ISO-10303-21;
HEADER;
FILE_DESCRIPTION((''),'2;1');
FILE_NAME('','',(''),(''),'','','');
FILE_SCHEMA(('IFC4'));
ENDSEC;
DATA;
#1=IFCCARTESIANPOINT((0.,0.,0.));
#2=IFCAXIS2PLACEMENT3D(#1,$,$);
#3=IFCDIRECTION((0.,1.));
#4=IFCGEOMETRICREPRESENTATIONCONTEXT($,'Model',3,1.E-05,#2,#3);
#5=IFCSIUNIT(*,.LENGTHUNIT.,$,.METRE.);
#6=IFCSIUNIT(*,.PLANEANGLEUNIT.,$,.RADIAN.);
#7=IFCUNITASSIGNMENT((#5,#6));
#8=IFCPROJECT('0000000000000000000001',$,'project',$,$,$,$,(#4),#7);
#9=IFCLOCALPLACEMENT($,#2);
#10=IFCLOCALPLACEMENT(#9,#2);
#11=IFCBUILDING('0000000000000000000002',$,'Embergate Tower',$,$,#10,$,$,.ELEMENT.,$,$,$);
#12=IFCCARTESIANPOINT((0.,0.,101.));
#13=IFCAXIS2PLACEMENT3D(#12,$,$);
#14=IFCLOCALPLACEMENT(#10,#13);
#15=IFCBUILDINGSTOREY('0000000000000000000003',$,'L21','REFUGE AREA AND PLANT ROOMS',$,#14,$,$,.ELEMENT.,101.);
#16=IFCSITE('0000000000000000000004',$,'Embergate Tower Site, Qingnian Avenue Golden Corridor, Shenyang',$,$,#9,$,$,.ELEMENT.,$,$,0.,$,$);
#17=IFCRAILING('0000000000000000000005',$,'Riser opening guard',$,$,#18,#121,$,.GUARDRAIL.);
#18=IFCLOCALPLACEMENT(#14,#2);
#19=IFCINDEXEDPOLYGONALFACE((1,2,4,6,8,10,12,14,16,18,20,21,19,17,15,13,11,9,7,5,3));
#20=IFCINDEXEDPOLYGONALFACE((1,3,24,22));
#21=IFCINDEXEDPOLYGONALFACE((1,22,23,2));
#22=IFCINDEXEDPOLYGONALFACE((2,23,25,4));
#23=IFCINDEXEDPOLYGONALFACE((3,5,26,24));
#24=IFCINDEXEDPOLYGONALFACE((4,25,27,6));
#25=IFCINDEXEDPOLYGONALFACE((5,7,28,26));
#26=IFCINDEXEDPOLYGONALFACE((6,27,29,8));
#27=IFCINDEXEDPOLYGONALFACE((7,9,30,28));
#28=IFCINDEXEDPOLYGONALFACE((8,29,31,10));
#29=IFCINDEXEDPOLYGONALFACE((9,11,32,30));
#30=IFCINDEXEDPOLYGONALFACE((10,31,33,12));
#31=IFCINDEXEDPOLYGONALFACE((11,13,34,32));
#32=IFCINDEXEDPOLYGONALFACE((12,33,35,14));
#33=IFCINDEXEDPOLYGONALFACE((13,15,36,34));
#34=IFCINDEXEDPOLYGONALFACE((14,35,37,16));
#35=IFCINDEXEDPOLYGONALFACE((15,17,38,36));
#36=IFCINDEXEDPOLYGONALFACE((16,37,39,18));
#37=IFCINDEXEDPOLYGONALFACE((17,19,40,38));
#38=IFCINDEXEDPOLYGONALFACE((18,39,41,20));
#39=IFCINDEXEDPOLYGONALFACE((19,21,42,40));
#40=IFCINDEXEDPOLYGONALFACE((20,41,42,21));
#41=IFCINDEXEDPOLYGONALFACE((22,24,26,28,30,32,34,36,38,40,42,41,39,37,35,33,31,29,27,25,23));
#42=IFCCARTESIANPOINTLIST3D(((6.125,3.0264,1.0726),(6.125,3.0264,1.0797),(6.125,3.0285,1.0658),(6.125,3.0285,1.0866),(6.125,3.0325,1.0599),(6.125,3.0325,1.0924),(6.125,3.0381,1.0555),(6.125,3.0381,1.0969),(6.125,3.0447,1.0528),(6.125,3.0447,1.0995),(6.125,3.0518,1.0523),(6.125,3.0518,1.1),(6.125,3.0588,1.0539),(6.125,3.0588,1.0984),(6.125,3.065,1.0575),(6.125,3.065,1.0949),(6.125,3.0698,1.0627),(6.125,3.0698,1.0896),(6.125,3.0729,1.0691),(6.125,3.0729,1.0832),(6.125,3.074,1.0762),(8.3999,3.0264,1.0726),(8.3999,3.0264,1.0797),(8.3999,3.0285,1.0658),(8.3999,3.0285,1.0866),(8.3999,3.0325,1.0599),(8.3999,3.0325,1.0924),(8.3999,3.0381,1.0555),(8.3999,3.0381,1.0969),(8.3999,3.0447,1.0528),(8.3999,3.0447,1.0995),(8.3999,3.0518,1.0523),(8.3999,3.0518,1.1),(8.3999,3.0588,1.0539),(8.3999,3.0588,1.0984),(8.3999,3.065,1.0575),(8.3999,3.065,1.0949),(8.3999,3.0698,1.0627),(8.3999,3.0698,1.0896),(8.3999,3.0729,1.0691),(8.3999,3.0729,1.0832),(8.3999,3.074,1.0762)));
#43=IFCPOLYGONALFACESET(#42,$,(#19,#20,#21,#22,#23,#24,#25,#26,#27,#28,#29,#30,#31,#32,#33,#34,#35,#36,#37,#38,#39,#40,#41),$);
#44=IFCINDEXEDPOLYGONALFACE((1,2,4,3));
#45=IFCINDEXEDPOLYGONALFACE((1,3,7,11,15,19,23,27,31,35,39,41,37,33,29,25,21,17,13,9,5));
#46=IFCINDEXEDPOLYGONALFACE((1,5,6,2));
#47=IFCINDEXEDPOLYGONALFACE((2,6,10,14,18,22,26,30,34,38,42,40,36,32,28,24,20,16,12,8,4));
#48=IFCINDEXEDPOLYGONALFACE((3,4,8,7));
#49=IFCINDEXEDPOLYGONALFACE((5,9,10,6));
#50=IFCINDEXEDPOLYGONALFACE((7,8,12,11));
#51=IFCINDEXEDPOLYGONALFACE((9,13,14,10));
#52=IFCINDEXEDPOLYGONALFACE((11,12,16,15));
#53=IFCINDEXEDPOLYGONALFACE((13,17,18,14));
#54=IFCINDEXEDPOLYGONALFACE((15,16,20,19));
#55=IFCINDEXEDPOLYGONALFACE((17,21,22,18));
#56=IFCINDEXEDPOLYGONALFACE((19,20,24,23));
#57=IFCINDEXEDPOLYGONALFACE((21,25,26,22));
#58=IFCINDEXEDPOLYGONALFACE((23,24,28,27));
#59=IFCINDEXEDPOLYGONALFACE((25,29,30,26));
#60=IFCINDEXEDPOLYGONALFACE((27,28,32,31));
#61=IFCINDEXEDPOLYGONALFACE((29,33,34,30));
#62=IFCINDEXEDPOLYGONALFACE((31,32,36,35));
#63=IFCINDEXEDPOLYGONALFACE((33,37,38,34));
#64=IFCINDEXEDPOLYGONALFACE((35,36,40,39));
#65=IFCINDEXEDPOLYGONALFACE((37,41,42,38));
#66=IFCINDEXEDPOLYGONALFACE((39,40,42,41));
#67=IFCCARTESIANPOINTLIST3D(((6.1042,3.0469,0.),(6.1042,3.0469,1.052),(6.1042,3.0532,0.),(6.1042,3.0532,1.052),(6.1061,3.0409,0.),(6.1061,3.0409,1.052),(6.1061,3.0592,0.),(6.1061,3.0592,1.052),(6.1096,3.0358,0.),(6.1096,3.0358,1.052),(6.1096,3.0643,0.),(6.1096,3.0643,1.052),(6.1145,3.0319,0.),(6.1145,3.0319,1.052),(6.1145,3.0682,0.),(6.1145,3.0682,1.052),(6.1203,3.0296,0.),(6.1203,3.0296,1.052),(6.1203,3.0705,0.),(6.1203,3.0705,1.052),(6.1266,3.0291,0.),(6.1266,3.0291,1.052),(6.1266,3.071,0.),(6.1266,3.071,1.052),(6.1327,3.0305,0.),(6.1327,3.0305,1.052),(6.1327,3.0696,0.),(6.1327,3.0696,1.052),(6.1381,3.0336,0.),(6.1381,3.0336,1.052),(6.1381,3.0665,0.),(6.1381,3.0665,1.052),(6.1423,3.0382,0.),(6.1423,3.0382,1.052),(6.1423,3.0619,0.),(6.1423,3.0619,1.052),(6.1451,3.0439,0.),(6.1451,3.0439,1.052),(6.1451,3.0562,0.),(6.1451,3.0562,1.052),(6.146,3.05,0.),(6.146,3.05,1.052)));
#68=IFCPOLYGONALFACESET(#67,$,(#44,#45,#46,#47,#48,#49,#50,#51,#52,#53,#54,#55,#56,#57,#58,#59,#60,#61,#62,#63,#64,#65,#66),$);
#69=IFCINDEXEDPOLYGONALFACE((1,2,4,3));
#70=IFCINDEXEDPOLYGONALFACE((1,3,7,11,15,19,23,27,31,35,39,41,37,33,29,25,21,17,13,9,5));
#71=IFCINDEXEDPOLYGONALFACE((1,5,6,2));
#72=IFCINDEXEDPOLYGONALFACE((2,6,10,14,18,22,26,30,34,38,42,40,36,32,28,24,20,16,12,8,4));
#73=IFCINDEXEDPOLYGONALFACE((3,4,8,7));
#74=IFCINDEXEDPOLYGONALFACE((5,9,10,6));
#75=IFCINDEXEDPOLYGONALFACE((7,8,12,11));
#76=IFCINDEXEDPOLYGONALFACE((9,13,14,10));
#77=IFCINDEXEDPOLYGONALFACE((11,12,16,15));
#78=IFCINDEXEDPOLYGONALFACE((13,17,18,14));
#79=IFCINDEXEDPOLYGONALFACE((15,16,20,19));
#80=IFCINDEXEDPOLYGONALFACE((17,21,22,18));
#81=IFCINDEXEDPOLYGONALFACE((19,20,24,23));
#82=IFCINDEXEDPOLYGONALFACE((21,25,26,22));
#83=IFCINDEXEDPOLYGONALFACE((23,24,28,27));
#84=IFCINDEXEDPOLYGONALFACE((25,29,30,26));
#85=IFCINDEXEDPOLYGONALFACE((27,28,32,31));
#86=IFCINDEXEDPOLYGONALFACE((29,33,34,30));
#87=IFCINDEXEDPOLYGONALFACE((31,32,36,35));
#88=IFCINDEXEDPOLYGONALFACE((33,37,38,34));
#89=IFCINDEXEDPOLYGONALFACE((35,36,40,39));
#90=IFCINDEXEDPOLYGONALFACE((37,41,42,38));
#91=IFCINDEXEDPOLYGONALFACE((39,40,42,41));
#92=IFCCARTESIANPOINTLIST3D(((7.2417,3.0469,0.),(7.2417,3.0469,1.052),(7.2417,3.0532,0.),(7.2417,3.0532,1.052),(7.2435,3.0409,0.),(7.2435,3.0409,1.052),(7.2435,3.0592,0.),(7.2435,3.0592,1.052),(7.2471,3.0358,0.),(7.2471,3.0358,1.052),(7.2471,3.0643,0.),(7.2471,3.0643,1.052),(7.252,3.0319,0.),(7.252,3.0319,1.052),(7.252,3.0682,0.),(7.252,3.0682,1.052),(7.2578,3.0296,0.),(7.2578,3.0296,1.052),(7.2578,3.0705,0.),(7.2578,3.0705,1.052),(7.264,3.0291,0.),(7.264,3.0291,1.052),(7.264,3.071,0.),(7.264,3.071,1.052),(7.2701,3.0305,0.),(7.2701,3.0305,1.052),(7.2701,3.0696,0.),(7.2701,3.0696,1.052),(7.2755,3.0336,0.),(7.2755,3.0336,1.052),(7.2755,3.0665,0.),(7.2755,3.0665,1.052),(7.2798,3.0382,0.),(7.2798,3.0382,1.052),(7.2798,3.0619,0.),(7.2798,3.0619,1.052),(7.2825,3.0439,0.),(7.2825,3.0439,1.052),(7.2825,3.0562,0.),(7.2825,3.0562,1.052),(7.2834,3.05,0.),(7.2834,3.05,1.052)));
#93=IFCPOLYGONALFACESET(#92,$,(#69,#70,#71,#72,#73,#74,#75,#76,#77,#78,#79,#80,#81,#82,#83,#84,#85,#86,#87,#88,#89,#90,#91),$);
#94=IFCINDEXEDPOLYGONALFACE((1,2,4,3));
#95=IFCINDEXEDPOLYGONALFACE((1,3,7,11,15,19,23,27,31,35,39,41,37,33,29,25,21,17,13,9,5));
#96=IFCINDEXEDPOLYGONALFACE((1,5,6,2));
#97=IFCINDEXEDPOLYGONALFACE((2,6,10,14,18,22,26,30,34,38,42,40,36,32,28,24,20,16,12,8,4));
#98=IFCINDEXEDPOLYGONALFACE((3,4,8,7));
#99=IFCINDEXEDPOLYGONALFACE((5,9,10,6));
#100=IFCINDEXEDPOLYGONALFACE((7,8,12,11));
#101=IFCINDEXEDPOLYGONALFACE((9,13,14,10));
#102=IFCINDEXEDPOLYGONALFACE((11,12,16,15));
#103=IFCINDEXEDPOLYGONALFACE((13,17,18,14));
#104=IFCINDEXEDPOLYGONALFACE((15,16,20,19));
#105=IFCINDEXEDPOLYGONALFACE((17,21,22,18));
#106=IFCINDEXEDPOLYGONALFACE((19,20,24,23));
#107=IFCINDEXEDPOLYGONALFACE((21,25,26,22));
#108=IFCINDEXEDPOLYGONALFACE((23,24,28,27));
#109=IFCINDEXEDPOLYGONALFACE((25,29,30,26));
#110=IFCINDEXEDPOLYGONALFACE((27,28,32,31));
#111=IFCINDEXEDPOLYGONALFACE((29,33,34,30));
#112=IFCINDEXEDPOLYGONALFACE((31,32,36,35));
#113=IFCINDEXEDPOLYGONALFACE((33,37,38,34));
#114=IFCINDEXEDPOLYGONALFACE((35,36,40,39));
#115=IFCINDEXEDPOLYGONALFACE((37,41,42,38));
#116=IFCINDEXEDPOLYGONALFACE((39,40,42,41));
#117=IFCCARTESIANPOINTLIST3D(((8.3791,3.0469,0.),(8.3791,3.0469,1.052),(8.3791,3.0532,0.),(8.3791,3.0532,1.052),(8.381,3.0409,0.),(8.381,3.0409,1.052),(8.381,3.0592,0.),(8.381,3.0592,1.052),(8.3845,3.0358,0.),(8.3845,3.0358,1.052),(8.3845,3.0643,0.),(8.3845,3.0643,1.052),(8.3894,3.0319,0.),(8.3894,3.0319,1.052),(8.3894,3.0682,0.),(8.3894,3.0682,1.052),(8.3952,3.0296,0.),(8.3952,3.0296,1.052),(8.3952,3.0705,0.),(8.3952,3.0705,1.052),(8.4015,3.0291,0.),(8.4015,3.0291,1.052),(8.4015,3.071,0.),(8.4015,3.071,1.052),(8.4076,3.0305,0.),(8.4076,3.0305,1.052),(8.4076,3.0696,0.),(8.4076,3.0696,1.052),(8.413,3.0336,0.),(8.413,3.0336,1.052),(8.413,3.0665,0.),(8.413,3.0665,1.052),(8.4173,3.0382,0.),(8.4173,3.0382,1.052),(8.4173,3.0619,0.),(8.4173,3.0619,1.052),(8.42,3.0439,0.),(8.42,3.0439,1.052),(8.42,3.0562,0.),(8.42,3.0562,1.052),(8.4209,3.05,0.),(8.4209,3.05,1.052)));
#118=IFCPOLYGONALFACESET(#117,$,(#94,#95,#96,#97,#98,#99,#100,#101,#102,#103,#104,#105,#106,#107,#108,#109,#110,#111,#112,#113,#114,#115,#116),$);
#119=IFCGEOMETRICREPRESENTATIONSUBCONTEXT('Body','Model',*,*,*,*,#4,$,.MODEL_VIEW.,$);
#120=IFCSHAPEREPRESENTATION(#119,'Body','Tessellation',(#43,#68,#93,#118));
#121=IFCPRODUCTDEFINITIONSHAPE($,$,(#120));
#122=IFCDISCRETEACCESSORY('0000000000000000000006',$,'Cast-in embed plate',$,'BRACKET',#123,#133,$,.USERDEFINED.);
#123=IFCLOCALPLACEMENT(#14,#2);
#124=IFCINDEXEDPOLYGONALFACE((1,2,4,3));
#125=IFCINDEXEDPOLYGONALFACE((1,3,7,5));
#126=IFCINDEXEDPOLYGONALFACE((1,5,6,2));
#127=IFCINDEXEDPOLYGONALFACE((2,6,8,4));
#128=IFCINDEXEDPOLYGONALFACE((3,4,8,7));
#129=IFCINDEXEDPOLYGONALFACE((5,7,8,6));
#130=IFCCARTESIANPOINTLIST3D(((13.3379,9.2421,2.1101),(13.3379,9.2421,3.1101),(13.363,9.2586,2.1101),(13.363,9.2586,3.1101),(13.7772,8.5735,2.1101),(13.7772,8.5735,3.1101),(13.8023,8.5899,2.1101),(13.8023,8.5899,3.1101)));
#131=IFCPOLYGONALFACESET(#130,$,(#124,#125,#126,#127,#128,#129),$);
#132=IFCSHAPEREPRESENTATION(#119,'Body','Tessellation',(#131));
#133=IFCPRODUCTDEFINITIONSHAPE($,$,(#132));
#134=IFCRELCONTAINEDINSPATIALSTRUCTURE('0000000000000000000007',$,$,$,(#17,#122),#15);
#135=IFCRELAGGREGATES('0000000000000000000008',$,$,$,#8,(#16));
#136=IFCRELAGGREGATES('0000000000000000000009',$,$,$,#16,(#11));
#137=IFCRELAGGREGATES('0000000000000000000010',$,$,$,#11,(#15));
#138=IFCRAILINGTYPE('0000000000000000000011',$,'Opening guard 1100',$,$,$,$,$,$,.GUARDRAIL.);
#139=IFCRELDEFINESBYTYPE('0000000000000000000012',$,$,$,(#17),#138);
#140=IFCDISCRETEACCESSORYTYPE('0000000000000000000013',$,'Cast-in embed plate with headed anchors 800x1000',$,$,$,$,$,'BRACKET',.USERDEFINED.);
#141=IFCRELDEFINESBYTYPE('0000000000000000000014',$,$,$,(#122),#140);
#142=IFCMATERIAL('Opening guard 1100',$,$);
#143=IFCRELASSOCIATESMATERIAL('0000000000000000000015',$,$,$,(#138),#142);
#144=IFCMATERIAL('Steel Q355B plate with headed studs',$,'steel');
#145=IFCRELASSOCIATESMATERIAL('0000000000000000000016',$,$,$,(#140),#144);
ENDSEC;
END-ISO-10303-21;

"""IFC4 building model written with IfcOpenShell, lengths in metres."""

from ifc_helpers import new_model, si_unit, direction, frame, origin, origin_2d, place, context, subcontext, project, spatial, rectangle, circle, extrude, source, transform, mapped, material, type_object, element, save


model = new_model("IFC4")

# Units and contexts
model_context = context("Model", 3, precision=1e-05, world=origin(), true_north=direction((0.0, 1.0)))
body_context = subcontext(model_context, "Body", "Model", "MODEL_VIEW")
ifc_project = project(units=[si_unit("LENGTHUNIT", "METRE"), si_unit("PLANEANGLEUNIT", "RADIAN")], contexts=[model_context])

# Site, building, storey
site_placement = place(None, origin())
site = spatial("IfcSite", under=ifc_project, at=site_placement, Name="Embergate Tower Site, Qingnian Avenue Golden Corridor, Shenyang", CompositionType="ELEMENT", RefElevation=0.0)
building_placement = place(site_placement, origin())
building = spatial("IfcBuilding", under=site, at=building_placement, Name="Embergate Tower", CompositionType="ELEMENT")
storey_placement = place(building_placement, frame((0.0, 0.0, 101.0)))
storey = spatial("IfcBuildingStorey", under=building, at=storey_placement, Name="L21", Description="REFUGE AREA AND PLANT ROOMS", CompositionType="ELEMENT", Elevation=101.0)

# Railing
ifc_material_1 = material(Name="Opening guard 1100")
railing_type = type_object("IfcRailingType", Name="Opening guard 1100", PredefinedType="GUARDRAIL", material=ifc_material_1)
shared_shape_1 = source(origin(), body_context, "Body", "SweptSolid", [
    extrude(circle(Radius=0.0239, at=origin_2d()), frame((0.0, 0.0, 1.0762), z_axis=(1.0, 0.0, 0.0), x_axis=(0.0, 1.0, 0.0)), (0.0, 0.0, 1.0), 2.2749),
    extrude(circle(Radius=0.021, at=origin_2d()), origin(), (0.0, 0.0, 1.0), 1.052),
    extrude(circle(Radius=0.021, at=origin_2d()), frame((1.1375, 0.0, 0.0)), (0.0, 0.0, 1.0), 1.052),
    extrude(circle(Radius=0.021, at=origin_2d()), frame((2.2749, 0.0, 0.0)), (0.0, 0.0, 1.0), 1.052),
])
railing_placement = place(storey_placement, frame((6.125, 3.05, 0.0)))
element("IfcRailing", 1, at=railing_placement, inside=storey, type_object=railing_type, Name="Riser opening guard", PredefinedType="GUARDRAIL", context=body_context, shape_type="MappedRepresentation", body=[
    mapped(shared_shape_1, transform((0.0, 0.0, 0.0))),
])

# Discrete accessory
ifc_material_2 = material(Name="Steel Q355B plate with headed studs", Category="steel")
discrete_accessory_type = type_object("IfcDiscreteAccessoryType", Name="Cast-in embed plate with headed anchors 800x1000", ElementType="BRACKET", PredefinedType="USERDEFINED", material=ifc_material_2)
shared_shape_2 = source(origin(), body_context, "Body", "SweptSolid", [
    extrude(rectangle(XDim=0.03, YDim=0.8, at=origin_2d()), origin(), (0.0, 0.0, 1.0), 1.0),
])
discrete_accessory_placement = place(storey_placement, frame((13.5701, 8.916, 2.1101), z_axis=(0.0, 0.0, 1.0), x_axis=(0.83574, 0.549125, 0.0)))
element("IfcDiscreteAccessory", 2, at=discrete_accessory_placement, inside=storey, type_object=discrete_accessory_type, Name="Cast-in embed plate", ObjectType="BRACKET", PredefinedType="USERDEFINED", context=body_context, shape_type="MappedRepresentation", body=[
    mapped(shared_shape_2, transform((0.0, 0.0, 0.0))),
])

save(model, "model.ifc")
